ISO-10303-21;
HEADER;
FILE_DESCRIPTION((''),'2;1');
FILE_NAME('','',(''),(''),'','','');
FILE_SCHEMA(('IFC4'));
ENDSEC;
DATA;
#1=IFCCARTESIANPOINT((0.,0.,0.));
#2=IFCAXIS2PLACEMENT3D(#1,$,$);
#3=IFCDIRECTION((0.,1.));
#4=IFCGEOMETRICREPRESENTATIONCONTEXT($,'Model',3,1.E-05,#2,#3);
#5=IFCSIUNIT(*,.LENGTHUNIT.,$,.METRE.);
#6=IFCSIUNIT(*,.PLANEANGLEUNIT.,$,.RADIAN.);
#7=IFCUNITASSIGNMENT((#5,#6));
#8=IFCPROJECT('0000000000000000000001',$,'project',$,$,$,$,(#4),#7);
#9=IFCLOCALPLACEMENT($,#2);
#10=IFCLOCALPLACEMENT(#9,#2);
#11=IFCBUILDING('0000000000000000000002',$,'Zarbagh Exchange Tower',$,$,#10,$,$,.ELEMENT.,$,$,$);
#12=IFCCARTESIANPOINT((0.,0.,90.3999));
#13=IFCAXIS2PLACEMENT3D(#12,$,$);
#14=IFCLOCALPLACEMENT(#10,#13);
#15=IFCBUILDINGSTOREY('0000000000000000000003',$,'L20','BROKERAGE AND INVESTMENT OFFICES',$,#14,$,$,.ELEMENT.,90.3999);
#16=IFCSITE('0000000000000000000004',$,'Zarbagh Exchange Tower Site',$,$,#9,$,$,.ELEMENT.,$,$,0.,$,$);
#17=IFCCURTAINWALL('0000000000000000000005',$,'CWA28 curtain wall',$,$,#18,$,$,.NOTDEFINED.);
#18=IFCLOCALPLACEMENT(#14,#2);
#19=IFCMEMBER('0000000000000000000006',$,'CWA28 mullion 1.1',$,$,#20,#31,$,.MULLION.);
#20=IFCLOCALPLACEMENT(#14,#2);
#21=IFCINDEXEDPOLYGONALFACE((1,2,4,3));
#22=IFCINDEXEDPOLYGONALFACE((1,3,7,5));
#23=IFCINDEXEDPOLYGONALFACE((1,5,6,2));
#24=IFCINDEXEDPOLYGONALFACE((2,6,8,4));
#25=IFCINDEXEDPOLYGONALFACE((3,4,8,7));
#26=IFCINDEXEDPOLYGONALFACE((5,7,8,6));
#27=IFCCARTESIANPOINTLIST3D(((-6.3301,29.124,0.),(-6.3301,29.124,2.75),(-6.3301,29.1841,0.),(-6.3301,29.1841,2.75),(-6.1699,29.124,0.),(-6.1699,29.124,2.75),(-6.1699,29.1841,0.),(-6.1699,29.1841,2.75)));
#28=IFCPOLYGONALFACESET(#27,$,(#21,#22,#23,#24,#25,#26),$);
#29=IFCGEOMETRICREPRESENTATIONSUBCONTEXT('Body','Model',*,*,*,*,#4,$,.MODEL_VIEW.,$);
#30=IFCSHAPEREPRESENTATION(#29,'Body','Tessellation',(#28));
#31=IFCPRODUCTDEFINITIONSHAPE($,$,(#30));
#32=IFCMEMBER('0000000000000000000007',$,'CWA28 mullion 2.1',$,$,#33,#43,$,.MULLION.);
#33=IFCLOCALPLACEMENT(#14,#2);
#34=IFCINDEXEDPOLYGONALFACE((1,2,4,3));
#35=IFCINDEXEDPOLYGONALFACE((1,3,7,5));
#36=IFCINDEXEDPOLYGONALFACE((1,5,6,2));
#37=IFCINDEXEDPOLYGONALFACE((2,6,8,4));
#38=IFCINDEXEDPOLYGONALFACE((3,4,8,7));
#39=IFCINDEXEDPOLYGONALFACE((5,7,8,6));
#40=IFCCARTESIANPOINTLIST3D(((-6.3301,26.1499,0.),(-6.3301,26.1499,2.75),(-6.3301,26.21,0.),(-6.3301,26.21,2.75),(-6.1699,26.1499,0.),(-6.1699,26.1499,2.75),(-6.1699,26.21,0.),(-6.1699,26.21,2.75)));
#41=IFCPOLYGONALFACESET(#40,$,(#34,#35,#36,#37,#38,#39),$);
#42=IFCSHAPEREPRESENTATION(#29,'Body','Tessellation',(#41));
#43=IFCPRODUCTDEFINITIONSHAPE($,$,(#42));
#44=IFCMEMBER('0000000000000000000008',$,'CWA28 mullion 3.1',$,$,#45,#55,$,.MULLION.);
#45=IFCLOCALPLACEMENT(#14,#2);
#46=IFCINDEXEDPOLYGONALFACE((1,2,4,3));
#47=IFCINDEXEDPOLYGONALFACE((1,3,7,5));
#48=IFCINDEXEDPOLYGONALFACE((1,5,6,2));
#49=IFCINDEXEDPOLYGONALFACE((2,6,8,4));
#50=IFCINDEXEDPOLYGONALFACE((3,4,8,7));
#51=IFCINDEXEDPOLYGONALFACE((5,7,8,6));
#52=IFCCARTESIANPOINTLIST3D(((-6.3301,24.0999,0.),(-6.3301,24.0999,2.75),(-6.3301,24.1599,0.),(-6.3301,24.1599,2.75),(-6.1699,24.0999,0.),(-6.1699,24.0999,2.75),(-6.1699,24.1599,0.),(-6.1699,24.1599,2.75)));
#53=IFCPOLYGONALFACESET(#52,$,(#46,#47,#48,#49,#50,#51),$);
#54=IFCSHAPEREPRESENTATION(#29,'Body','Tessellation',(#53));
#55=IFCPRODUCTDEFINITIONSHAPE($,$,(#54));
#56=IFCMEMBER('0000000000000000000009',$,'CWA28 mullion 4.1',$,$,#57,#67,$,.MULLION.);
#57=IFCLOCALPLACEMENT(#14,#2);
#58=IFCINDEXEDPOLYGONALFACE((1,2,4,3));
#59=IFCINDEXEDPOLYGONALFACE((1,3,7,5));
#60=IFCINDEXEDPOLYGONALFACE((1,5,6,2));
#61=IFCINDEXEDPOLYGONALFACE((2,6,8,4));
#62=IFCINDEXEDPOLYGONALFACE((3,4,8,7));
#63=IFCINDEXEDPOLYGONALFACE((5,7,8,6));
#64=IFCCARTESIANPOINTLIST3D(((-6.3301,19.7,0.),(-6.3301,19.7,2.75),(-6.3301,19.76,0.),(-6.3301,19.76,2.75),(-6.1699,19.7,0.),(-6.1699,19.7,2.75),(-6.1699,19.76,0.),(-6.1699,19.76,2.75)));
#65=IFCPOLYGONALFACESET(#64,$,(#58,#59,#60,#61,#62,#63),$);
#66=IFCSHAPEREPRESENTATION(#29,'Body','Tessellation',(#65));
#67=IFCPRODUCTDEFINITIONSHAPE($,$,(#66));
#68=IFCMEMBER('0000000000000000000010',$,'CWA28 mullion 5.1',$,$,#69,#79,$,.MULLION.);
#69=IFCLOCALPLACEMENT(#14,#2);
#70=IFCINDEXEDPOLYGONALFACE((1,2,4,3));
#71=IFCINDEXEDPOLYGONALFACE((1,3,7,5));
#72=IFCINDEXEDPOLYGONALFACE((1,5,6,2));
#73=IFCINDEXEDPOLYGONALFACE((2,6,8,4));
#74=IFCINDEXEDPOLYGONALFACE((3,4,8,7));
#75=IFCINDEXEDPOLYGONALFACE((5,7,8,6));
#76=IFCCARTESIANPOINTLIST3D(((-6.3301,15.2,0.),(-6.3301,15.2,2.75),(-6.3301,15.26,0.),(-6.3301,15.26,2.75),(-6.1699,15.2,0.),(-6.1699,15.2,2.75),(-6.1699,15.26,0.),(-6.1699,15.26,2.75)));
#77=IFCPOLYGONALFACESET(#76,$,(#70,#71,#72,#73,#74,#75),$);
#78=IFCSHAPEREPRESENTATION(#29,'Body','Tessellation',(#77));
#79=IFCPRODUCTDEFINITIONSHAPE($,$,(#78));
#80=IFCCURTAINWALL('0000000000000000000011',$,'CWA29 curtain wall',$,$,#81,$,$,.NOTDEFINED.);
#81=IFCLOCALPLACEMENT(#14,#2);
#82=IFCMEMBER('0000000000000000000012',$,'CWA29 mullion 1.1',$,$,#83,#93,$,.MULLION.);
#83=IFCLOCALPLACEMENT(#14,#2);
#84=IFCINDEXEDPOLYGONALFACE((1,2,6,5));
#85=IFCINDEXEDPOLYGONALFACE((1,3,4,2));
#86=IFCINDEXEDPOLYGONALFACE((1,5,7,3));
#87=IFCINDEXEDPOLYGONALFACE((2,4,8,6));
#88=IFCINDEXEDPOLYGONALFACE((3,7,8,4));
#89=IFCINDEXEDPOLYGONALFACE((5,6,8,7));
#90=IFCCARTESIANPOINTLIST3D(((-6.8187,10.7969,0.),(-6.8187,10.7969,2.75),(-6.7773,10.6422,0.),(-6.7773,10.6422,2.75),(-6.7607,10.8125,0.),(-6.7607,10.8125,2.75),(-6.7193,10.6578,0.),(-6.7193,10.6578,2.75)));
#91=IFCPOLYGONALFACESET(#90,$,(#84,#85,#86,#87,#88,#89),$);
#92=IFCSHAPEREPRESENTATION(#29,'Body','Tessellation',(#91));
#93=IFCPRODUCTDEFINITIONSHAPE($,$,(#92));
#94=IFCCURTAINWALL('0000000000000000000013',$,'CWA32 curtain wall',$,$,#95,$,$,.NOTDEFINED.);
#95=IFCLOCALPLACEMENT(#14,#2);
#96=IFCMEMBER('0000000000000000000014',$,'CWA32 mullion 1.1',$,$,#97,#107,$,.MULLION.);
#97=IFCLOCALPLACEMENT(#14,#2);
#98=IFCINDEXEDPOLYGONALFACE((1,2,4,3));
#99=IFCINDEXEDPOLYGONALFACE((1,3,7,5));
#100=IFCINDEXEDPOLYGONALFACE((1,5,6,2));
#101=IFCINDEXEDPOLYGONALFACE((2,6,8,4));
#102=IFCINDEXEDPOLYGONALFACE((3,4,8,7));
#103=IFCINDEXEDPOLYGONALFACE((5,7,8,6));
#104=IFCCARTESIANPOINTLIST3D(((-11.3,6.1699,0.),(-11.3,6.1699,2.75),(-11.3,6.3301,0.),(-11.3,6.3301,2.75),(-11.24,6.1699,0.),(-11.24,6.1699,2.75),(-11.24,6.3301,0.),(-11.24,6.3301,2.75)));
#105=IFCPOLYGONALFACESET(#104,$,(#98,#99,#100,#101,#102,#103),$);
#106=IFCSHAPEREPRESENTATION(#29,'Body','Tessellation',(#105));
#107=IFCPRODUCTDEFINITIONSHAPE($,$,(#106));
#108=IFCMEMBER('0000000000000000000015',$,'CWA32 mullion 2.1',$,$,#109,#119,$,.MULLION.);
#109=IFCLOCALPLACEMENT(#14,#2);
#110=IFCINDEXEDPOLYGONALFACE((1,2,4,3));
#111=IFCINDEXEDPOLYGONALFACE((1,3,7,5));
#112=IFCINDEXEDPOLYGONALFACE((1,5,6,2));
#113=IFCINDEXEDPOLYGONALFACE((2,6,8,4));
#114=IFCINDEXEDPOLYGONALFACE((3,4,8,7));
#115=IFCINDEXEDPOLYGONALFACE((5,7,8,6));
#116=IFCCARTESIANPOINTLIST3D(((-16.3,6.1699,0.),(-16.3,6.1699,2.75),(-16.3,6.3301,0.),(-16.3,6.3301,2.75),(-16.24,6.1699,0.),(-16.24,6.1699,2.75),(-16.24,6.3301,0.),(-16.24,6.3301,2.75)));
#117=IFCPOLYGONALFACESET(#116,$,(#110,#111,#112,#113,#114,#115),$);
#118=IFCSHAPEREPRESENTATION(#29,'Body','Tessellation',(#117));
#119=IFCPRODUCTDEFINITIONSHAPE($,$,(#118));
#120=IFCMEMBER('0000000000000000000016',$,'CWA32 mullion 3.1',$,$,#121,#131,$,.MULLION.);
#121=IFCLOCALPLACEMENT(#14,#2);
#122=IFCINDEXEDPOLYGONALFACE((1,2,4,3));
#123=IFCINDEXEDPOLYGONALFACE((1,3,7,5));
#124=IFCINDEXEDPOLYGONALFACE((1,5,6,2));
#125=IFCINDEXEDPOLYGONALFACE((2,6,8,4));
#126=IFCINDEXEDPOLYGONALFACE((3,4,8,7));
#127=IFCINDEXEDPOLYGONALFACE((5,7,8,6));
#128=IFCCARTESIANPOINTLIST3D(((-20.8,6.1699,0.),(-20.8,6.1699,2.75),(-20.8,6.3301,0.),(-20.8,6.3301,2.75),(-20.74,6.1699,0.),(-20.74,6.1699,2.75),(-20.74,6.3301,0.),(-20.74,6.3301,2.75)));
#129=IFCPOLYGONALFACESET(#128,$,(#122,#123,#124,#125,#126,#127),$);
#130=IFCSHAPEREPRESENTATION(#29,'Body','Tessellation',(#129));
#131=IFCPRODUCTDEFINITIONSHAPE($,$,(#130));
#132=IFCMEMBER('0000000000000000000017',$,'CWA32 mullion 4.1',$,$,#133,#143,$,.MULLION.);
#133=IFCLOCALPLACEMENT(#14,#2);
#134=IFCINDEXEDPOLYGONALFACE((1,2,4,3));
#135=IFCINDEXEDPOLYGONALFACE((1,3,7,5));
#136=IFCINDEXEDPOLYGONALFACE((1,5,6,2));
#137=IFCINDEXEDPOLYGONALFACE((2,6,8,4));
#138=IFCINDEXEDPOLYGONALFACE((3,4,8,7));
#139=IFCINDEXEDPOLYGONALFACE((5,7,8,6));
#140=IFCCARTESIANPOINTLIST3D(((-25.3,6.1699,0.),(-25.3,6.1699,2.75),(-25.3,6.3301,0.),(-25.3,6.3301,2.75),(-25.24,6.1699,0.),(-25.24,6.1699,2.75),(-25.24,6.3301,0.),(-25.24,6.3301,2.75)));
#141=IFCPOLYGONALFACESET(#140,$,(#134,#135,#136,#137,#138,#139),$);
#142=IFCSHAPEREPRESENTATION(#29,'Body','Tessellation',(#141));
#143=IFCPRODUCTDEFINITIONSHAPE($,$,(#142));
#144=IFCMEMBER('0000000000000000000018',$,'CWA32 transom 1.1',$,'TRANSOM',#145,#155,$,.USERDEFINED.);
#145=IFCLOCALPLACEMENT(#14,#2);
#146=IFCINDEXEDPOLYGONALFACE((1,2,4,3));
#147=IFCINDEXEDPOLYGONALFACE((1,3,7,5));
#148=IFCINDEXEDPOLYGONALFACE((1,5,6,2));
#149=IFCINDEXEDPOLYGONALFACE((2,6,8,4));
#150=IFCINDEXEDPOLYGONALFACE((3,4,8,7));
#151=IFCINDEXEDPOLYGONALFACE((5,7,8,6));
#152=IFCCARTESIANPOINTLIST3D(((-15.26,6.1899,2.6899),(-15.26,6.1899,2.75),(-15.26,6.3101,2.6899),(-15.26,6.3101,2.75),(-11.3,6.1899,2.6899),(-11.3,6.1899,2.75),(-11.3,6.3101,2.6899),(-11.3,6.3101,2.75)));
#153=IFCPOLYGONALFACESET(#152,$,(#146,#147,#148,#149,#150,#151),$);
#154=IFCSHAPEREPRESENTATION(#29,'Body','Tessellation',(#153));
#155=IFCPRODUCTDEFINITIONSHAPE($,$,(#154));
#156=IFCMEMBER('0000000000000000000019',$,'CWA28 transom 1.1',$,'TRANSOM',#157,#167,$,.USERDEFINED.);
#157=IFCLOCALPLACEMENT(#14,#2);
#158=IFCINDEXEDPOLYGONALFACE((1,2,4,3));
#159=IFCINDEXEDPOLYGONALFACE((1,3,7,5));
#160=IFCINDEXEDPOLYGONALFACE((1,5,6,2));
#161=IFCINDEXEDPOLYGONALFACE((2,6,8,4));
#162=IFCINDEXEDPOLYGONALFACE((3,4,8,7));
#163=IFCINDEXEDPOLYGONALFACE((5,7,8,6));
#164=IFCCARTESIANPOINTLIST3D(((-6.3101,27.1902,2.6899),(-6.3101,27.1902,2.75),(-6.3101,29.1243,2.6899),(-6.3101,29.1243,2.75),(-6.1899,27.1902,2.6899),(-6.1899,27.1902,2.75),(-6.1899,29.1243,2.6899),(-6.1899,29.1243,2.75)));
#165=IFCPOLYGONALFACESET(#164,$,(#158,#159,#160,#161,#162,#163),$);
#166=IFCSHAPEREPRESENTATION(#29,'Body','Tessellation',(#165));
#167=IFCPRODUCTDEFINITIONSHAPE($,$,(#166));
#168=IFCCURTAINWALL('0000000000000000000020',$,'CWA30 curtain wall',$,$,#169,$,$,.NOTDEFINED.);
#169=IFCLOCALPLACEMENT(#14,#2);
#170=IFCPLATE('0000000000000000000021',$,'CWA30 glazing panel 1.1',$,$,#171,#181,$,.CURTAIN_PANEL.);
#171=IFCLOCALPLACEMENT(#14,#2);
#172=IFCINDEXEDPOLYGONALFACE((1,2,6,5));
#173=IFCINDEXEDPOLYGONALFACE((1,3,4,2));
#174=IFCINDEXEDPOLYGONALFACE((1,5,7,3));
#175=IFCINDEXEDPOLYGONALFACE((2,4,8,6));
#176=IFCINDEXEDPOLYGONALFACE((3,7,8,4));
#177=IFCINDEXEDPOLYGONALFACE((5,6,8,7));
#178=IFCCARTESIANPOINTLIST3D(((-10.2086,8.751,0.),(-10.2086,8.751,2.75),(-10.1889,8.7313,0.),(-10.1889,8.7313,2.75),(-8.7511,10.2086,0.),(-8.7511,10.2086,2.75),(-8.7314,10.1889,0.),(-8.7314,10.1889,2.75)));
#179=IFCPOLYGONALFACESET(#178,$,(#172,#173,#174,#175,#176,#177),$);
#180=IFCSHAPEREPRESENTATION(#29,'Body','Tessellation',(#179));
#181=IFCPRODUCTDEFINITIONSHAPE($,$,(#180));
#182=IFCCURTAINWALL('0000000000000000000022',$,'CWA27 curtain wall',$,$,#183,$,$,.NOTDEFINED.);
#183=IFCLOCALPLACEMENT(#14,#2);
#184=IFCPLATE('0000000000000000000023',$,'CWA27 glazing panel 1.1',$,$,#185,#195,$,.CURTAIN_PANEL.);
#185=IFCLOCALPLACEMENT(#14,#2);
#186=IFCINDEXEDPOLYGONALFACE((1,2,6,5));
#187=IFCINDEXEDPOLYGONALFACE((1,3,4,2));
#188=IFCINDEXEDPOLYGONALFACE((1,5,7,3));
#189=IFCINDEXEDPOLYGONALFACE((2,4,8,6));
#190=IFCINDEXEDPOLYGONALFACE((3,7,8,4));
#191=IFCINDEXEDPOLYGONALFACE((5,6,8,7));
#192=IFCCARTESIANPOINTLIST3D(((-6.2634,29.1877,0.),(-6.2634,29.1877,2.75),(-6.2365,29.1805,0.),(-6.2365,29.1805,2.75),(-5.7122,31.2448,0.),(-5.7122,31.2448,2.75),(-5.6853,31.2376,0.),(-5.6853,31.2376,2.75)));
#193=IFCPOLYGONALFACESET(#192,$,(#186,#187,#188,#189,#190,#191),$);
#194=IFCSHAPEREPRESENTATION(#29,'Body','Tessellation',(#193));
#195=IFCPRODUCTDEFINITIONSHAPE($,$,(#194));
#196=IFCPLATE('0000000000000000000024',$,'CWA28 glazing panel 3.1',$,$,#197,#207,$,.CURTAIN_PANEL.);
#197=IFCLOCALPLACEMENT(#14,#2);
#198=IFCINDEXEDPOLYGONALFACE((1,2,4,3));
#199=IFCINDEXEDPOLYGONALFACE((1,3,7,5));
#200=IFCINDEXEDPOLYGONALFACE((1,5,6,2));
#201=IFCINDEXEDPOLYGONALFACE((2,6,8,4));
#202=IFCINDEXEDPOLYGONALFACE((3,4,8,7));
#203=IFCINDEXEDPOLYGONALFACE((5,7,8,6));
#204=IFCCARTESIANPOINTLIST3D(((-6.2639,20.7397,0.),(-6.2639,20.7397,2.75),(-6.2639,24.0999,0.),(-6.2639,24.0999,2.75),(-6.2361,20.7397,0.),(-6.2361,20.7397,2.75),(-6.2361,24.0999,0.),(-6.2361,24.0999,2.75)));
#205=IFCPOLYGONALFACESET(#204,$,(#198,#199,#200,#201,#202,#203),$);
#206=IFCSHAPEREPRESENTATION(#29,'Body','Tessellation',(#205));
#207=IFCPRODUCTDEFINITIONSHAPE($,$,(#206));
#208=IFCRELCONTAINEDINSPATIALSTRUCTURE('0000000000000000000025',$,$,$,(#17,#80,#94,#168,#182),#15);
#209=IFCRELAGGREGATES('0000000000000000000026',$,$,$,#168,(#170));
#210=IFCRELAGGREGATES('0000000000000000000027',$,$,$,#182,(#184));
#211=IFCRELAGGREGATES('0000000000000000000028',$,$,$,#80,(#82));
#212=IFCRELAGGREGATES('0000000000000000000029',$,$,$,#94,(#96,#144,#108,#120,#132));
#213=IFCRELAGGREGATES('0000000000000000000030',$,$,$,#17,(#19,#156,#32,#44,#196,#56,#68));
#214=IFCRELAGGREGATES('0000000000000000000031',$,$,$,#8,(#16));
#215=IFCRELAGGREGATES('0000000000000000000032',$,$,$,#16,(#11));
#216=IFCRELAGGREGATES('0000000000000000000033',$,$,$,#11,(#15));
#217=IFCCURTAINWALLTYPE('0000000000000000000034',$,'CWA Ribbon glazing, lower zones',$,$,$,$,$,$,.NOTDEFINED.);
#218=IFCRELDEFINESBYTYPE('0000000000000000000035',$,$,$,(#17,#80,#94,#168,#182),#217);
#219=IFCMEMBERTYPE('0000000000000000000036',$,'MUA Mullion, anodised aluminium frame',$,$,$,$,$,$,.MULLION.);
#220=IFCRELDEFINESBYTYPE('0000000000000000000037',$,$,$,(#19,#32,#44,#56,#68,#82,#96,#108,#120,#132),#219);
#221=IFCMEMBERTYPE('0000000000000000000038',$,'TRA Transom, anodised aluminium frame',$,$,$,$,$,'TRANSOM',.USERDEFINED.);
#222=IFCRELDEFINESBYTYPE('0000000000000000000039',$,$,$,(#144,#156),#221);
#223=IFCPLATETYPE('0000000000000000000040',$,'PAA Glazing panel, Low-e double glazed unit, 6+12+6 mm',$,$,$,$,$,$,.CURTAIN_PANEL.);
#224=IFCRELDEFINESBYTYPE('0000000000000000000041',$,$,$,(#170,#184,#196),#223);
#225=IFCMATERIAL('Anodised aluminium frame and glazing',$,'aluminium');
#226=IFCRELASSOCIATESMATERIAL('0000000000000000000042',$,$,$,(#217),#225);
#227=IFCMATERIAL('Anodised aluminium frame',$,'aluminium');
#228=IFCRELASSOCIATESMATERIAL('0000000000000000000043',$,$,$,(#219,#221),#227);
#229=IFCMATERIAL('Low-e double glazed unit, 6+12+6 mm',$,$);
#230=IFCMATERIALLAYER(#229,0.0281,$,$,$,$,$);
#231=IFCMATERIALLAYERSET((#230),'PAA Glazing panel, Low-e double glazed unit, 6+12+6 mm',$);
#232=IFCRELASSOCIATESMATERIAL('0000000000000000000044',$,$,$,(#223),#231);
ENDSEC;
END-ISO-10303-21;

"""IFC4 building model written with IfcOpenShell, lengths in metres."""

from ifc_helpers import new_model, si_unit, direction, frame, origin, place, context, subcontext, project, spatial, polyline, outline, extrude, source, transform, mapped, material, layer, layer_set, type_object, element, aggregate, save


model = new_model("IFC4")

# Units and contexts
model_context = context("Model", 3, precision=1e-05, world=origin(), true_north=direction((0.0, 1.0)))
body_context = subcontext(model_context, "Body", "Model", "MODEL_VIEW")
ifc_project = project(units=[si_unit("LENGTHUNIT", "METRE"), si_unit("PLANEANGLEUNIT", "RADIAN")], contexts=[model_context])

# Site, building, storey
site_placement = place(None, origin())
site = spatial("IfcSite", under=ifc_project, at=site_placement, Name="Zarbagh Exchange Tower Site", CompositionType="ELEMENT", RefElevation=0.0)
building_placement = place(site_placement, origin())
building = spatial("IfcBuilding", under=site, at=building_placement, Name="Zarbagh Exchange Tower", CompositionType="ELEMENT")
storey_placement = place(building_placement, frame((0.0, 0.0, 90.3999)))
storey = spatial("IfcBuildingStorey", under=building, at=storey_placement, Name="L20", Description="BROKERAGE AND INVESTMENT OFFICES", CompositionType="ELEMENT", Elevation=90.3999)

# Curtain wall, members
ifc_material_1 = material(Name="Anodised aluminium frame and glazing", Category="aluminium")
curtain_wall_type = type_object("IfcCurtainWallType", Name="CWA Ribbon glazing, lower zones", PredefinedType="NOTDEFINED", material=ifc_material_1)
curtain_wall_1_placement = place(storey_placement, origin())
curtain_wall_1 = element("IfcCurtainWall", 1, at=curtain_wall_1_placement, inside=storey, type_object=curtain_wall_type, Name="CWA28 curtain wall", PredefinedType="NOTDEFINED")
ifc_material_2 = material(Name="Anodised aluminium frame", Category="aluminium")
member_type_1 = type_object("IfcMemberType", Name="MUA Mullion, anodised aluminium frame", PredefinedType="MULLION", material=ifc_material_2)
shared_shape_1 = source(origin(), body_context, "Body", "SweptSolid", [
    extrude(outline(polyline([(0.0, -0.0801), (0.0601, -0.0801), (0.0601, 0.0801), (0.0, 0.0801), (0.0, -0.0801)])), origin(), (0.0, 0.0, 1.0), 2.75),
])
placement = place(storey_placement, origin())
member_1 = element("IfcMember", 2, at=placement, type_object=member_type_1, Name="CWA28 mullion 1.1", PredefinedType="MULLION", context=body_context, shape_type="MappedRepresentation", body=[
    mapped(shared_shape_1, transform((-6.25, 29.1841, 0.0), x_axis=(0.0, -1.0, 0.0), y_axis=(1.0, 0.0, 0.0), z_axis=(0.0, 0.0, 1.0))),
])
member_2 = element("IfcMember", 3, at=placement, type_object=member_type_1, Name="CWA28 mullion 2.1", PredefinedType="MULLION", context=body_context, shape_type="MappedRepresentation", body=[
    mapped(shared_shape_1, transform((-6.25, 26.21, 0.0), x_axis=(0.0, -1.0, 0.0), y_axis=(1.0, 0.0, 0.0), z_axis=(0.0, 0.0, 1.0))),
])
member_3 = element("IfcMember", 4, at=placement, type_object=member_type_1, Name="CWA28 mullion 3.1", PredefinedType="MULLION", context=body_context, shape_type="MappedRepresentation", body=[
    mapped(shared_shape_1, transform((-6.25, 24.1599, 0.0), x_axis=(0.0, -1.0, 0.0), y_axis=(1.0, 0.0, 0.0), z_axis=(0.0, 0.0, 1.0))),
])
member_4 = element("IfcMember", 5, at=placement, type_object=member_type_1, Name="CWA28 mullion 4.1", PredefinedType="MULLION", context=body_context, shape_type="MappedRepresentation", body=[
    mapped(shared_shape_1, transform((-6.25, 19.76, 0.0), x_axis=(0.0, -1.0, 0.0), y_axis=(1.0, 0.0, 0.0), z_axis=(0.0, 0.0, 1.0))),
])
member_5 = element("IfcMember", 6, at=placement, type_object=member_type_1, Name="CWA28 mullion 5.1", PredefinedType="MULLION", context=body_context, shape_type="MappedRepresentation", body=[
    mapped(shared_shape_1, transform((-6.25, 15.26, 0.0), x_axis=(0.0, -1.0, 0.0), y_axis=(1.0, 0.0, 0.0), z_axis=(0.0, 0.0, 1.0))),
])

# Curtain wall, member
curtain_wall_2_placement = place(storey_placement, origin())
curtain_wall_2 = element("IfcCurtainWall", 7, at=curtain_wall_2_placement, inside=storey, type_object=curtain_wall_type, Name="CWA29 curtain wall", PredefinedType="NOTDEFINED")
member_6 = element("IfcMember", 8, at=placement, type_object=member_type_1, Name="CWA29 mullion 1.1", PredefinedType="MULLION", context=body_context, shape_type="MappedRepresentation", body=[
    mapped(shared_shape_1, transform((-6.74, 10.7351, 0.0), x_axis=(-0.965924, -0.258825, 0.0), y_axis=(0.258825, -0.965924, 0.0), z_axis=(0.0, 0.0, 1.0))),
])

# Curtain wall, members
curtain_wall_3_placement = place(storey_placement, origin())
curtain_wall_3 = element("IfcCurtainWall", 9, at=curtain_wall_3_placement, inside=storey, type_object=curtain_wall_type, Name="CWA32 curtain wall", PredefinedType="NOTDEFINED")
member_7 = element("IfcMember", 10, at=placement, type_object=member_type_1, Name="CWA32 mullion 1.1", PredefinedType="MULLION", context=body_context, shape_type="MappedRepresentation", body=[
    mapped(shared_shape_1, transform((-11.24, 6.25, 0.0), x_axis=(-1.0, 0.0, 0.0), y_axis=(0.0, -1.0, 0.0), z_axis=(0.0, 0.0, 1.0))),
])
member_8 = element("IfcMember", 11, at=placement, type_object=member_type_1, Name="CWA32 mullion 2.1", PredefinedType="MULLION", context=body_context, shape_type="MappedRepresentation", body=[
    mapped(shared_shape_1, transform((-16.24, 6.25, 0.0), x_axis=(-1.0, 0.0, 0.0), y_axis=(0.0, -1.0, 0.0), z_axis=(0.0, 0.0, 1.0))),
])
member_9 = element("IfcMember", 12, at=placement, type_object=member_type_1, Name="CWA32 mullion 3.1", PredefinedType="MULLION", context=body_context, shape_type="MappedRepresentation", body=[
    mapped(shared_shape_1, transform((-20.74, 6.25, 0.0), x_axis=(-1.0, 0.0, 0.0), y_axis=(0.0, -1.0, 0.0), z_axis=(0.0, 0.0, 1.0))),
])
member_10 = element("IfcMember", 13, at=placement, type_object=member_type_1, Name="CWA32 mullion 4.1", PredefinedType="MULLION", context=body_context, shape_type="MappedRepresentation", body=[
    mapped(shared_shape_1, transform((-25.24, 6.25, 0.0), x_axis=(-1.0, 0.0, 0.0), y_axis=(0.0, -1.0, 0.0), z_axis=(0.0, 0.0, 1.0))),
])
member_type_2 = type_object("IfcMemberType", Name="TRA Transom, anodised aluminium frame", ElementType="TRANSOM", PredefinedType="USERDEFINED", material=ifc_material_2)
shared_shape_2 = source(origin(), body_context, "Body", "SweptSolid", [
    extrude(outline(polyline([(-0.0601, -0.0601), (0.0, -0.0601), (0.0, 0.0601), (-0.0601, 0.0601), (-0.0601, -0.0601)])), origin(), (0.0, 0.0, 1.0), 3.96),
])
member_11 = element("IfcMember", 14, at=placement, type_object=member_type_2, Name="CWA32 transom 1.1", ObjectType="TRANSOM", PredefinedType="USERDEFINED", context=body_context, shape_type="MappedRepresentation", body=[
    mapped(shared_shape_2, transform((-11.3, 6.25, 2.75), x_axis=(0.0, 0.0, 1.0), y_axis=(0.0, 1.0, 0.0), z_axis=(-1.0, 0.0, 0.0))),
])

# Member
shared_shape_3 = source(origin(), body_context, "Body", "SweptSolid", [
    extrude(outline(polyline([(-0.0601, -0.0601), (0.0, -0.0601), (0.0, 0.0601), (-0.0601, 0.0601), (-0.0601, -0.0601)])), origin(), (0.0, 0.0, 1.0), 1.9341),
])
member_12 = element("IfcMember", 15, at=placement, type_object=member_type_2, Name="CWA28 transom 1.1", ObjectType="TRANSOM", PredefinedType="USERDEFINED", context=body_context, shape_type="MappedRepresentation", body=[
    mapped(shared_shape_3, transform((-6.25, 29.1243, 2.75), x_axis=(0.0, 0.0, 1.0), y_axis=(-1.0, 0.0, 0.0), z_axis=(0.0, -1.0, 0.0))),
])

# Curtain walls, plates
curtain_wall_4_placement = place(storey_placement, origin())
curtain_wall_4 = element("IfcCurtainWall", 16, at=curtain_wall_4_placement, inside=storey, type_object=curtain_wall_type, Name="CWA30 curtain wall", PredefinedType="NOTDEFINED")
ifc_material_3 = material(Name="Low-e double glazed unit, 6+12+6 mm")
ifc_layer = layer(ifc_material_3, 0.0281)
ifc_layer_set = layer_set([ifc_layer], Name="PAA Glazing panel, Low-e double glazed unit, 6+12+6 mm")
plate_type = type_object("IfcPlateType", Name="PAA Glazing panel, Low-e double glazed unit, 6+12+6 mm", PredefinedType="CURTAIN_PANEL", material=ifc_layer_set)
shared_shape_4 = source(origin(), body_context, "Body", "SweptSolid", [
    extrude(outline(polyline([(0.0, -0.0139), (2.0613, -0.0139), (2.0613, 0.0139), (0.0, 0.0139), (0.0, -0.0139)])), origin(), (0.0, 0.0, 1.0), 2.75),
])
plate_1 = element("IfcPlate", 17, at=placement, type_object=plate_type, Name="CWA30 glazing panel 1.1", PredefinedType="CURTAIN_PANEL", context=body_context, shape_type="MappedRepresentation", body=[
    mapped(shared_shape_4, transform((-8.7412, 10.1987, 0.0), x_axis=(-0.707107, -0.707107, 0.0), y_axis=(0.707107, -0.707107, 0.0), z_axis=(0.0, 0.0, 1.0))),
])
aggregate(curtain_wall_4, [plate_1])
curtain_wall_5_placement = place(storey_placement, origin())
curtain_wall_5 = element("IfcCurtainWall", 18, at=curtain_wall_5_placement, inside=storey, type_object=curtain_wall_type, Name="CWA27 curtain wall", PredefinedType="NOTDEFINED")
shared_shape_5 = source(origin(), body_context, "Body", "SweptSolid", [
    extrude(outline(polyline([(0.0, -0.0139), (2.1296, -0.0139), (2.1296, 0.0139), (0.0, 0.0139), (0.0, -0.0139)])), origin(), (0.0, 0.0, 1.0), 2.75),
])
plate_2 = element("IfcPlate", 19, at=placement, type_object=plate_type, Name="CWA27 glazing panel 1.1", PredefinedType="CURTAIN_PANEL", context=body_context, shape_type="MappedRepresentation", body=[
    mapped(shared_shape_5, transform((-5.6987, 31.2412, 0.0), x_axis=(-0.258825, -0.965924, 0.0), y_axis=(0.965924, -0.258825, 0.0), z_axis=(0.0, 0.0, 1.0))),
])
aggregate(curtain_wall_5, [plate_2])

# Plate
shared_shape_6 = source(origin(), body_context, "Body", "SweptSolid", [
    extrude(outline(polyline([(0.0, -0.0139), (3.3601, -0.0139), (3.3601, 0.0139), (0.0, 0.0139), (0.0, -0.0139)])), origin(), (0.0, 0.0, 1.0), 2.75),
])
plate_3 = element("IfcPlate", 20, at=placement, type_object=plate_type, Name="CWA28 glazing panel 3.1", PredefinedType="CURTAIN_PANEL", context=body_context, shape_type="MappedRepresentation", body=[
    mapped(shared_shape_6, transform((-6.25, 24.0999, 0.0), x_axis=(0.0, -1.0, 0.0), y_axis=(1.0, 0.0, 0.0), z_axis=(0.0, 0.0, 1.0))),
])
aggregate(curtain_wall_2, [member_6])

aggregate(curtain_wall_3, [member_7, member_11, member_8, member_9, member_10])
aggregate(curtain_wall_1, [member_1, member_12, member_2, member_3, plate_3, member_4, member_5])

save(model, "model.ifc")
